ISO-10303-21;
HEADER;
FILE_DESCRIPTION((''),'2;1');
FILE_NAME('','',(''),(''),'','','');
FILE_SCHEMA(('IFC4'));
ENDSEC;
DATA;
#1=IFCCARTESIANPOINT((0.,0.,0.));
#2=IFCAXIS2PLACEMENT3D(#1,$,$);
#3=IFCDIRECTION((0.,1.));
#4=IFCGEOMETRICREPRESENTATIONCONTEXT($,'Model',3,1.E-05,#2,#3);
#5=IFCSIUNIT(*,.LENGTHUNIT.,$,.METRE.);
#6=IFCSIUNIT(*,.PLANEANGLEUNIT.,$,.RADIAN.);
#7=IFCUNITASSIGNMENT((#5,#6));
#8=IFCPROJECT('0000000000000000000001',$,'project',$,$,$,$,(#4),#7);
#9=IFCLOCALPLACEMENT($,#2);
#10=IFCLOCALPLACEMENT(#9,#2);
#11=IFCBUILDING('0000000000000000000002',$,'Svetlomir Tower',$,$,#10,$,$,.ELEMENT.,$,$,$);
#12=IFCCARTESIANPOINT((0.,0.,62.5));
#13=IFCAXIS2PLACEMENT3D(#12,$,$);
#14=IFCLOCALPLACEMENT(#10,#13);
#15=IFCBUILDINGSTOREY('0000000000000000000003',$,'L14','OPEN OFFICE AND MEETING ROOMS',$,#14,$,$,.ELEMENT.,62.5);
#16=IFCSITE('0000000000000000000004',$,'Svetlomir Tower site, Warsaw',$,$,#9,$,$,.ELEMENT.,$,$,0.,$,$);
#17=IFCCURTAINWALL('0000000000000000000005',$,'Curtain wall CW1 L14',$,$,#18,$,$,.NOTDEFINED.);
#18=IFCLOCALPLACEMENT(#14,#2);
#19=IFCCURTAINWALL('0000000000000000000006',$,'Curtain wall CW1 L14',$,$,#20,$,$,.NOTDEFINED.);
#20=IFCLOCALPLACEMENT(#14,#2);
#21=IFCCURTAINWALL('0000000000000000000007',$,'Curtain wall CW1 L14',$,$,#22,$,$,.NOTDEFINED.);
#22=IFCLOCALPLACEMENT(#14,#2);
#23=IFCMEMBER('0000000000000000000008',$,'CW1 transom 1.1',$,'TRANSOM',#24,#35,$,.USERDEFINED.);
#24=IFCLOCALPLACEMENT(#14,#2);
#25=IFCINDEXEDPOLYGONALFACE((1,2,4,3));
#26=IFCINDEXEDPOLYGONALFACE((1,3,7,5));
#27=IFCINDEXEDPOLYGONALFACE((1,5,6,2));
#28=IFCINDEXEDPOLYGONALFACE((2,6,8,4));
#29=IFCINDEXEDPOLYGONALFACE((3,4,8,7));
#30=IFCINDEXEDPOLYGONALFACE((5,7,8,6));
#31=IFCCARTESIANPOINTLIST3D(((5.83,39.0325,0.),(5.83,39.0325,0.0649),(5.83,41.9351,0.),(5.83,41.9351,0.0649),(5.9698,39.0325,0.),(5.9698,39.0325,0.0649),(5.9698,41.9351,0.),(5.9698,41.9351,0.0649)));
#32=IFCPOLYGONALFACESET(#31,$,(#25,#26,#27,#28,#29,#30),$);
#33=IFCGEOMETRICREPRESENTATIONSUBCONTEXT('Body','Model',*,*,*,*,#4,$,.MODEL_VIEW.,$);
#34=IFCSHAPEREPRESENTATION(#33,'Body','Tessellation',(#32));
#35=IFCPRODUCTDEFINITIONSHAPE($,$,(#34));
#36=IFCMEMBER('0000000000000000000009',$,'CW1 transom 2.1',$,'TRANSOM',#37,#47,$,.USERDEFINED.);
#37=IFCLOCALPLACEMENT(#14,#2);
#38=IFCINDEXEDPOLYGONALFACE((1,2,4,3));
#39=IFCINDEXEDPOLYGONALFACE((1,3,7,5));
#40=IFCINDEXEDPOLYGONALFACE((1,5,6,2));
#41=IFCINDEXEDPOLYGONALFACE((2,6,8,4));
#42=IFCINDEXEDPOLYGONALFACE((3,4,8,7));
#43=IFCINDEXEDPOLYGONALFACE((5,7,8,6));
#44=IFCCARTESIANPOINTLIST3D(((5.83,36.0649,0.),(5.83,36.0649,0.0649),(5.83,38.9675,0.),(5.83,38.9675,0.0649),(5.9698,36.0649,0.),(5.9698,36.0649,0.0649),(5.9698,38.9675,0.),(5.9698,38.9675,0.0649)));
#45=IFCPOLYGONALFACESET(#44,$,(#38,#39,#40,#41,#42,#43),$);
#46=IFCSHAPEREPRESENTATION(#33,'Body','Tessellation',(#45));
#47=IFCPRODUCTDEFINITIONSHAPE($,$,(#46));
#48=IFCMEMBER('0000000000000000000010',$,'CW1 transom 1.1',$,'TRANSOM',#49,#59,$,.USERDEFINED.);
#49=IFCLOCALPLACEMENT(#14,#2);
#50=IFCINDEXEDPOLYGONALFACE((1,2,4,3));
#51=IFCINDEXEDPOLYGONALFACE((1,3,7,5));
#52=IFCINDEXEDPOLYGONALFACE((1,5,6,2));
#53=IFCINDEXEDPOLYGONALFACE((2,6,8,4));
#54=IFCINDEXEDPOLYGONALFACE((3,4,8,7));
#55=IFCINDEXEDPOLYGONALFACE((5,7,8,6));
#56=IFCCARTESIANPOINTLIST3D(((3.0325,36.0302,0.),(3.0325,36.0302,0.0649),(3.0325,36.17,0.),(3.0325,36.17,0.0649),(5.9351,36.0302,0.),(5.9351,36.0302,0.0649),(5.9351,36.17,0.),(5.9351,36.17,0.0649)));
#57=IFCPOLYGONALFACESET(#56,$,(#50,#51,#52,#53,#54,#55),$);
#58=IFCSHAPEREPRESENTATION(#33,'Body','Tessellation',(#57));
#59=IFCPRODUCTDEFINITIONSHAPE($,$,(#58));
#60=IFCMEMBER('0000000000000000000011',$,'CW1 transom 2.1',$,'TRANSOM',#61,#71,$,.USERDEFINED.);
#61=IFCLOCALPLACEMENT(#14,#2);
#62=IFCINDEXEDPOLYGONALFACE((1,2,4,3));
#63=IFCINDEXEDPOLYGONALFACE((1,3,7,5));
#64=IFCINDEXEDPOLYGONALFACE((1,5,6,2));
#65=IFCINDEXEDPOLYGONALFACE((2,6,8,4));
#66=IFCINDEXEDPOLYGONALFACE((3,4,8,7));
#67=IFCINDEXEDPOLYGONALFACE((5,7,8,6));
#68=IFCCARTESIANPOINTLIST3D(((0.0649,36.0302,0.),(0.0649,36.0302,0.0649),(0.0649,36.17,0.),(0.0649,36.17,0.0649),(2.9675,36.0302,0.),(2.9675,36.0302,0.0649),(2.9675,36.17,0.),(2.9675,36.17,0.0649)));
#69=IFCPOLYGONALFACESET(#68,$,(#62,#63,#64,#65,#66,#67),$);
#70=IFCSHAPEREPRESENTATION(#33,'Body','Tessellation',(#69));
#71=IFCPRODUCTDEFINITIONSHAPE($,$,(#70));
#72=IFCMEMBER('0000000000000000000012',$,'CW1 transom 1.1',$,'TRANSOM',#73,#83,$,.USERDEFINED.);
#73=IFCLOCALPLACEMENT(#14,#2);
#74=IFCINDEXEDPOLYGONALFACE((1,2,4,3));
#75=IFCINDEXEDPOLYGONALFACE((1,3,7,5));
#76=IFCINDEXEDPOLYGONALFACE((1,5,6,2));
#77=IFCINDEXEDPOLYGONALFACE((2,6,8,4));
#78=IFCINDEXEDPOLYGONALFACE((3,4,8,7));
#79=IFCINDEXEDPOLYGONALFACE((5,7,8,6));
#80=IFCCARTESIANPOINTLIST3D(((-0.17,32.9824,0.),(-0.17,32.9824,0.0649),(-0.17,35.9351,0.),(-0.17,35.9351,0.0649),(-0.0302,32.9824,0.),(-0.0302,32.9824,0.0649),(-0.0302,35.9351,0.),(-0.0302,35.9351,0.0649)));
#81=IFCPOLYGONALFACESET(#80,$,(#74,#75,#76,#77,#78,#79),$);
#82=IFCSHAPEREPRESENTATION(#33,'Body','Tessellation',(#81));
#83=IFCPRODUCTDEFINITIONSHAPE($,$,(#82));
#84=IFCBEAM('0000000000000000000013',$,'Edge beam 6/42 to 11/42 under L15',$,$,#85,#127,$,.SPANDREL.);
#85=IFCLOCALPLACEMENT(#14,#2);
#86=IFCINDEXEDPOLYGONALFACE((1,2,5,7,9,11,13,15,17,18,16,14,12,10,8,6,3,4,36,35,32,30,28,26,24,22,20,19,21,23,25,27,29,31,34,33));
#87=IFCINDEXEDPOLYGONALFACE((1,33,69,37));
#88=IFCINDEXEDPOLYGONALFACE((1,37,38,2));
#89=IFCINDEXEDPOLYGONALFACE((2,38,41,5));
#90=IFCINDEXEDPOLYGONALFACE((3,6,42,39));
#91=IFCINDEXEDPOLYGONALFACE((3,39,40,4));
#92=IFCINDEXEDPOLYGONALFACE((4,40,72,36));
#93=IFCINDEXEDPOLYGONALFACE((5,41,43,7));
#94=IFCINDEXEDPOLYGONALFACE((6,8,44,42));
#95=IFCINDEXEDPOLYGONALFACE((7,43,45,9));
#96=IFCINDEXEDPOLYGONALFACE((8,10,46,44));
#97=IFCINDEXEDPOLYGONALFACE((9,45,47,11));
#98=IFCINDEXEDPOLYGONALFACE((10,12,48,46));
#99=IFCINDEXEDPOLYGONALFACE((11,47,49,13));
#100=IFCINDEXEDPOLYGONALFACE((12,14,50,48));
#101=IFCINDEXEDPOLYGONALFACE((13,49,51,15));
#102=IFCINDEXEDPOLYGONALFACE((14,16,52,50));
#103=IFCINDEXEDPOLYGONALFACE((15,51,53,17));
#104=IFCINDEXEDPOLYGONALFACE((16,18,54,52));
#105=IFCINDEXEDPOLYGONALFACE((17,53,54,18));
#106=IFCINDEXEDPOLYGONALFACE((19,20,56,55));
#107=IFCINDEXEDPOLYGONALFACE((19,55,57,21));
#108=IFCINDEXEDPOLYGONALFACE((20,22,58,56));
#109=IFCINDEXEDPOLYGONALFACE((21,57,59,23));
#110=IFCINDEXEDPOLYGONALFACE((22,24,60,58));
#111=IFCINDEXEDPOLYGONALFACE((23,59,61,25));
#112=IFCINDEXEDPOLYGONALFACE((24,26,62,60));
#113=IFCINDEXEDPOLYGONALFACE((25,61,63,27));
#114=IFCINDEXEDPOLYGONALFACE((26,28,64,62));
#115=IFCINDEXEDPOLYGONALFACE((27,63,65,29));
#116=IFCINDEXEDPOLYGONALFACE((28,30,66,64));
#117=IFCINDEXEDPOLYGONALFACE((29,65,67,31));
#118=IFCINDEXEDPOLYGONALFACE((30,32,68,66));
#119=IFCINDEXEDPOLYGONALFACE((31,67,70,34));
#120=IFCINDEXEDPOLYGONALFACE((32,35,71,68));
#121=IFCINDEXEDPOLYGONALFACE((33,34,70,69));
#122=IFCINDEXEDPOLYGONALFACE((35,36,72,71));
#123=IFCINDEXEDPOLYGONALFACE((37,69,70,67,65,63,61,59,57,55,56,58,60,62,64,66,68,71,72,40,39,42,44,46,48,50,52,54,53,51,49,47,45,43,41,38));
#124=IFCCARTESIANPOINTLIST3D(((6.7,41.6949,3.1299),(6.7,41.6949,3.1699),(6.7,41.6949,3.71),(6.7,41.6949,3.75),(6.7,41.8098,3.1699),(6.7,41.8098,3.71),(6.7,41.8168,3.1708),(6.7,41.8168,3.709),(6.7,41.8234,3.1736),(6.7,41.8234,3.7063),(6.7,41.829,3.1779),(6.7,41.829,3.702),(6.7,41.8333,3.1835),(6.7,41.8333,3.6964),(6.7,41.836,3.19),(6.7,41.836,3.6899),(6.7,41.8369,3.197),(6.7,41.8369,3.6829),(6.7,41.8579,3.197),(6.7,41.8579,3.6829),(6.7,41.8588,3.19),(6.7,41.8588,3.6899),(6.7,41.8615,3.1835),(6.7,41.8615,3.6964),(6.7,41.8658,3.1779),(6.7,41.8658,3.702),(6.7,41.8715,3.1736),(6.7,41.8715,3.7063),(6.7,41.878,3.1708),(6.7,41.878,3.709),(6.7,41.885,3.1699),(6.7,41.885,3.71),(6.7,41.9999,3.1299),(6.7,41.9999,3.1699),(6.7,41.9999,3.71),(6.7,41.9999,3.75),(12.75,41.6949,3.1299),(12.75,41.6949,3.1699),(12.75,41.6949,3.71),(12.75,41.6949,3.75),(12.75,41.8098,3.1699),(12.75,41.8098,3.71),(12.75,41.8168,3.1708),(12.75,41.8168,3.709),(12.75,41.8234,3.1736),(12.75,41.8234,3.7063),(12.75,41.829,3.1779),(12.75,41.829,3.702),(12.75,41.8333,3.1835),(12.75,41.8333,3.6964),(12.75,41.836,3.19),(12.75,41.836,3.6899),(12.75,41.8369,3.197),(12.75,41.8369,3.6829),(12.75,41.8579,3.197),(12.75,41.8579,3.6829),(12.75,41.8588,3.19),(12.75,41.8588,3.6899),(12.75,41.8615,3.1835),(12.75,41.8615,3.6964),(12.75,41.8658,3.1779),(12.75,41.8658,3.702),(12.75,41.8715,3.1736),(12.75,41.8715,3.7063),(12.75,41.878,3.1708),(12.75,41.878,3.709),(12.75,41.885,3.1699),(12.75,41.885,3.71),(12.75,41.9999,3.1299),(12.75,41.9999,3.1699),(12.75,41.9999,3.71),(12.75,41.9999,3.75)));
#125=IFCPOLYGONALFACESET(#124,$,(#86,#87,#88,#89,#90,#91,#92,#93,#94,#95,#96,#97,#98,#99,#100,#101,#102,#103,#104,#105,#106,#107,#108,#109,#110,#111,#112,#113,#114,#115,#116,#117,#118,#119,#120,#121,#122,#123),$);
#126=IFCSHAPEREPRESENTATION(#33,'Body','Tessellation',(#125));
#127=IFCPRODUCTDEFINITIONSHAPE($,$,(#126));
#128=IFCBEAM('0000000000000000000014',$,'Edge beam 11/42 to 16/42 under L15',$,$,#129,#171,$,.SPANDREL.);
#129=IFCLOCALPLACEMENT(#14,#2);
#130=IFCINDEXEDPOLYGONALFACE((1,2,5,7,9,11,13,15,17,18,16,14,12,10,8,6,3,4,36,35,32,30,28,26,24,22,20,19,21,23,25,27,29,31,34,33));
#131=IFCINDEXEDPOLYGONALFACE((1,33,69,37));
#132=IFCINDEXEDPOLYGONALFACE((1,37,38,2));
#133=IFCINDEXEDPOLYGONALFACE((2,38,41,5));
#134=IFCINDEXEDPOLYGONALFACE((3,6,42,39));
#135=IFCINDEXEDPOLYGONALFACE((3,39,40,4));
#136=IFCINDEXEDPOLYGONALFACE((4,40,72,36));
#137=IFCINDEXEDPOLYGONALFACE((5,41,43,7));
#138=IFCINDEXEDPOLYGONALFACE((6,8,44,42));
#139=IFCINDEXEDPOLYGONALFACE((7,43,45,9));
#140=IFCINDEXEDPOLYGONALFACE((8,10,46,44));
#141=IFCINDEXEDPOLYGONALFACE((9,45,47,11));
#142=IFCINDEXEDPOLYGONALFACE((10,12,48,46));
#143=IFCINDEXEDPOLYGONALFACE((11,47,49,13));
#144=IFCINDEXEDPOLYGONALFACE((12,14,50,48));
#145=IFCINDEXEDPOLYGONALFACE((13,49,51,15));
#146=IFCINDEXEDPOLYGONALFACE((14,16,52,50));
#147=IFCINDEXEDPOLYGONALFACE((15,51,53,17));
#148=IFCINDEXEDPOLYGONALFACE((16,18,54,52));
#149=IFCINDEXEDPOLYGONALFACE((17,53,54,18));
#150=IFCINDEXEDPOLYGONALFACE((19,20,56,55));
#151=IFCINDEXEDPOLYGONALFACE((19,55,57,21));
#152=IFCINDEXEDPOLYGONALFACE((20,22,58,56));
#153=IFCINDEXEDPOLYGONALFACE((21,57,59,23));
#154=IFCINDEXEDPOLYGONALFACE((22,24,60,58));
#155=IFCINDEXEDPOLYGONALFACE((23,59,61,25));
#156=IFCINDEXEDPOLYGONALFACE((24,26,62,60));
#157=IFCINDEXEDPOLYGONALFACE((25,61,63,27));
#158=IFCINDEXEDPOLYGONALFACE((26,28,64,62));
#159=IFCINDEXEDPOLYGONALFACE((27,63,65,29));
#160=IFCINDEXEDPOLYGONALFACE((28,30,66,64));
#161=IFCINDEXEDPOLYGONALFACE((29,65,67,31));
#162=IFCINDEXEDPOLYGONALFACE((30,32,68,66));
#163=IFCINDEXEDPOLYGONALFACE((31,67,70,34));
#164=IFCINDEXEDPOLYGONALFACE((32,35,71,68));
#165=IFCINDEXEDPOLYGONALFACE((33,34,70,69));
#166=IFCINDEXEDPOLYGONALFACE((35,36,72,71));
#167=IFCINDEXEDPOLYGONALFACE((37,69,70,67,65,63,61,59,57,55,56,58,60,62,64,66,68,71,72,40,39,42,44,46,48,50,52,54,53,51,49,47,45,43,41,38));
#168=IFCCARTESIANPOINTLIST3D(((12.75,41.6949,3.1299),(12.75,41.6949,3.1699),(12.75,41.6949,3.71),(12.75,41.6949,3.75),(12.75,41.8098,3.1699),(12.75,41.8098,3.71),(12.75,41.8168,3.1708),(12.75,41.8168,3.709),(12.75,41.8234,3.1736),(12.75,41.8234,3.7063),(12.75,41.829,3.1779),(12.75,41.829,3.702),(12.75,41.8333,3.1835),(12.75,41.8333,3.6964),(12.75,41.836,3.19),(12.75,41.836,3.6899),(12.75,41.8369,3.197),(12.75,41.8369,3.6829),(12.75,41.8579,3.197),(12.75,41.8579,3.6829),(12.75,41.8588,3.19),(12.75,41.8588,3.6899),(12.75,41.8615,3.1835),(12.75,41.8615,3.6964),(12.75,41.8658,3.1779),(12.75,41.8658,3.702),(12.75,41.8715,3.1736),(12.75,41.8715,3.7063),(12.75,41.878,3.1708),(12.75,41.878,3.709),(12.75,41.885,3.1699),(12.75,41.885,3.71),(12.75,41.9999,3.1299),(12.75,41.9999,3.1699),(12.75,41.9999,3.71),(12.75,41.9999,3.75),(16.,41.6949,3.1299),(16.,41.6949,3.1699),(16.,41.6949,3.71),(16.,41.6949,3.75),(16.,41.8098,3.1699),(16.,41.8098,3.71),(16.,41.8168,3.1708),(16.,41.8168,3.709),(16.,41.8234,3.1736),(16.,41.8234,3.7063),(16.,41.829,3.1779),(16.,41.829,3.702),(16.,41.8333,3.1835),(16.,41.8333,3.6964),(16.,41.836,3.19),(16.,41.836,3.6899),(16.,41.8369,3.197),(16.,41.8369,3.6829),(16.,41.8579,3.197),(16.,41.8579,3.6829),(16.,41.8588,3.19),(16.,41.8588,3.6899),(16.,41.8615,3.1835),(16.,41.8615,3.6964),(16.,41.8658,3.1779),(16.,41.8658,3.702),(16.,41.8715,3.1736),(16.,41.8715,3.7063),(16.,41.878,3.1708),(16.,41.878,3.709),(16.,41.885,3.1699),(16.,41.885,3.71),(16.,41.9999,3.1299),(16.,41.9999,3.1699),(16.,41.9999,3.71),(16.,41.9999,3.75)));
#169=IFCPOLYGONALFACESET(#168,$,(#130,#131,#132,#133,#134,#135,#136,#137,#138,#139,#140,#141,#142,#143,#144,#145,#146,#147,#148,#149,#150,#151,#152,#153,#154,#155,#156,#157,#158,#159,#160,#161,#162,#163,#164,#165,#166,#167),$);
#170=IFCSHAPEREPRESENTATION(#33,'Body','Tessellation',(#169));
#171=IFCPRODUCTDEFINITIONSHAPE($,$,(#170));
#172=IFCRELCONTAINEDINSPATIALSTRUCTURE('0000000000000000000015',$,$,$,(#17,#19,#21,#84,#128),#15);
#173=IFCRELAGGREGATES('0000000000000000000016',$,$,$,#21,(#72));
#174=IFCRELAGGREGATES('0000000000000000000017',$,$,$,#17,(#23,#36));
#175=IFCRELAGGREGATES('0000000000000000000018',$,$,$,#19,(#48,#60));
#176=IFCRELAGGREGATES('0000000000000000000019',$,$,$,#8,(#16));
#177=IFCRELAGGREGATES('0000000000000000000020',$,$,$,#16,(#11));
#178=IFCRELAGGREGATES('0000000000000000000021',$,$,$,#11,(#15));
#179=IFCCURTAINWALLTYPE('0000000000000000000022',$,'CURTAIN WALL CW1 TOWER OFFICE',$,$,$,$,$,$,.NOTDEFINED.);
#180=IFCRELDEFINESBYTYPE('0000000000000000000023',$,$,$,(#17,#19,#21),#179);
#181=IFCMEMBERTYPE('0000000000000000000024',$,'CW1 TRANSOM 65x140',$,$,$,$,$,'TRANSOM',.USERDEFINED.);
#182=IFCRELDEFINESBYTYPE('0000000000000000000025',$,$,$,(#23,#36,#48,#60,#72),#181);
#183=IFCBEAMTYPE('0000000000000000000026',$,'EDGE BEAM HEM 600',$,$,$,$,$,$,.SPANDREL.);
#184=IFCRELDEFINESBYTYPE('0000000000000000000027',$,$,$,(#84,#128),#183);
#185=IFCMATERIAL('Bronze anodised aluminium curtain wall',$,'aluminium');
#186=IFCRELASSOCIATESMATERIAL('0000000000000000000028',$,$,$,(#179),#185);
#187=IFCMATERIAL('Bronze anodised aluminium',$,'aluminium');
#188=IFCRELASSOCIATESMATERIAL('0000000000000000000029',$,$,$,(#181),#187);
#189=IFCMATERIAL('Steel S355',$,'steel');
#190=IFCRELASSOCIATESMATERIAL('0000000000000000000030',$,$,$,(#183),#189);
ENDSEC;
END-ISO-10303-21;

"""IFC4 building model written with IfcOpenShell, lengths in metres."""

from ifc_helpers import new_model, si_unit, direction, frame, origin, origin_2d, place, context, subcontext, project, spatial, rectangle, i_section, extrude, material, material_profile, profile_set, type_object, element, aggregate, save


model = new_model("IFC4")

# Units and contexts
model_context = context("Model", 3, precision=1e-05, world=origin(), true_north=direction((0.0, 1.0)))
body_context = subcontext(model_context, "Body", "Model", "MODEL_VIEW")
ifc_project = project(units=[si_unit("LENGTHUNIT", "METRE"), si_unit("PLANEANGLEUNIT", "RADIAN")], contexts=[model_context])

# Site, building, storey
site_placement = place(None, origin())
site = spatial("IfcSite", under=ifc_project, at=site_placement, Name="Svetlomir Tower site, Warsaw", CompositionType="ELEMENT", RefElevation=0.0)
building_placement = place(site_placement, origin())
building = spatial("IfcBuilding", under=site, at=building_placement, Name="Svetlomir Tower", CompositionType="ELEMENT")
storey_placement = place(building_placement, frame((0.0, 0.0, 62.5)))
storey = spatial("IfcBuildingStorey", under=building, at=storey_placement, Name="L14", Description="OPEN OFFICE AND MEETING ROOMS", CompositionType="ELEMENT", Elevation=62.5)

# Curtain walls
ifc_material_1 = material(Name="Bronze anodised aluminium curtain wall", Category="aluminium")
curtain_wall_type = type_object("IfcCurtainWallType", Name="CURTAIN WALL CW1 TOWER OFFICE", PredefinedType="NOTDEFINED", material=ifc_material_1)
curtain_wall_1_placement = place(storey_placement, origin())
curtain_wall_1 = element("IfcCurtainWall", 1, at=curtain_wall_1_placement, inside=storey, type_object=curtain_wall_type, Name="Curtain wall CW1 L14", PredefinedType="NOTDEFINED")
curtain_wall_2_placement = place(storey_placement, origin())
curtain_wall_2 = element("IfcCurtainWall", 2, at=curtain_wall_2_placement, inside=storey, type_object=curtain_wall_type, Name="Curtain wall CW1 L14", PredefinedType="NOTDEFINED")

# Curtain wall
curtain_wall_3_placement = place(storey_placement, origin())
curtain_wall_3 = element("IfcCurtainWall", 3, at=curtain_wall_3_placement, inside=storey, type_object=curtain_wall_type, Name="Curtain wall CW1 L14", PredefinedType="NOTDEFINED")

# Members
ifc_material_2 = material(Name="Bronze anodised aluminium", Category="aluminium")
ifc_material_profile_1 = material_profile(ifc_material_2, rectangle(XDim=0.1399, YDim=0.0649, at=origin_2d()), Name="AL 140x65")
ifc_profile_set_1 = profile_set([ifc_material_profile_1], Name="Bronze anodised aluminium 6063-T6")
member_type_1 = type_object("IfcMemberType", Name="CW1 TRANSOM 65x140", ElementType="TRANSOM", PredefinedType="USERDEFINED", material=ifc_profile_set_1)
member_1_placement = place(storey_placement, frame((5.8999, 41.9351, 0.0325), z_axis=(0.0, -1.0, 0.0), x_axis=(1.0, 0.0, 0.0)))
member_1 = element("IfcMember", 4, at=member_1_placement, type_object=member_type_1, Name="CW1 transom 1.1", ObjectType="TRANSOM", PredefinedType="USERDEFINED", context=body_context, shape_type="SweptSolid", body=[
    extrude(rectangle(XDim=0.1399, YDim=0.0649, at=origin_2d()), origin(), (0.0, 0.0, 1.0), 2.9026),
])
member_2_placement = place(storey_placement, frame((5.8999, 38.9675, 0.0325), z_axis=(0.0, -1.0, 0.0), x_axis=(1.0, 0.0, 0.0)))
member_2 = element("IfcMember", 5, at=member_2_placement, type_object=member_type_1, Name="CW1 transom 2.1", ObjectType="TRANSOM", PredefinedType="USERDEFINED", context=body_context, shape_type="SweptSolid", body=[
    extrude(rectangle(XDim=0.1399, YDim=0.0649, at=origin_2d()), origin(), (0.0, 0.0, 1.0), 2.9026),
])
member_3_placement = place(storey_placement, frame((5.9351, 36.1001, 0.0325), z_axis=(-1.0, 0.0, 0.0), x_axis=(0.0, -1.0, 0.0)))
member_3 = element("IfcMember", 6, at=member_3_placement, type_object=member_type_1, Name="CW1 transom 1.1", ObjectType="TRANSOM", PredefinedType="USERDEFINED", context=body_context, shape_type="SweptSolid", body=[
    extrude(rectangle(XDim=0.1399, YDim=0.0649, at=origin_2d()), origin(), (0.0, 0.0, 1.0), 2.9026),
])
member_4_placement = place(storey_placement, frame((2.9675, 36.1001, 0.0325), z_axis=(-1.0, 0.0, 0.0), x_axis=(0.0, -1.0, 0.0)))
member_4 = element("IfcMember", 7, at=member_4_placement, type_object=member_type_1, Name="CW1 transom 2.1", ObjectType="TRANSOM", PredefinedType="USERDEFINED", context=body_context, shape_type="SweptSolid", body=[
    extrude(rectangle(XDim=0.1399, YDim=0.0649, at=origin_2d()), origin(), (0.0, 0.0, 1.0), 2.9026),
])
member_5_placement = place(storey_placement, frame((-0.1001, 35.9351, 0.0325), z_axis=(0.0, -1.0, 0.0), x_axis=(1.0, 0.0, 0.0)))
member_5 = element("IfcMember", 8, at=member_5_placement, type_object=member_type_1, Name="CW1 transom 1.1", ObjectType="TRANSOM", PredefinedType="USERDEFINED", context=body_context, shape_type="SweptSolid", body=[
    extrude(rectangle(XDim=0.1399, YDim=0.0649, at=origin_2d()), origin(), (0.0, 0.0, 1.0), 2.9526),
])
aggregate(curtain_wall_3, [member_5])

# Beams
ifc_material_3 = material(Name="Steel S355", Category="steel")
ifc_material_profile_2 = material_profile(ifc_material_3, i_section(OverallWidth=0.3049, OverallDepth=0.6201, WebThickness=0.021, FlangeThickness=0.04, FilletRadius=0.0271, at=origin_2d()), Name="HEM 600")
ifc_profile_set_2 = profile_set([ifc_material_profile_2], Name="Steel S355")
beam_type = type_object("IfcBeamType", Name="EDGE BEAM HEM 600", PredefinedType="SPANDREL", material=ifc_profile_set_2)
beam_1_placement = place(storey_placement, frame((6.7, 41.8474, 3.4399), z_axis=(1.0, 0.0, 0.0), x_axis=(0.0, 1.0, 0.0)))
element("IfcBeam", 9, at=beam_1_placement, inside=storey, type_object=beam_type, Name="Edge beam 6/42 to 11/42 under L15", PredefinedType="SPANDREL", context=body_context, shape_type="SweptSolid", body=[
    extrude(i_section(OverallWidth=0.3049, OverallDepth=0.6201, WebThickness=0.021, FlangeThickness=0.04, FilletRadius=0.0271, at=origin_2d()), origin(), (0.0, 0.0, 1.0), 6.05),
])
beam_2_placement = place(storey_placement, frame((12.75, 41.8474, 3.4399), z_axis=(1.0, 0.0, 0.0), x_axis=(0.0, 1.0, 0.0)))
element("IfcBeam", 10, at=beam_2_placement, inside=storey, type_object=beam_type, Name="Edge beam 11/42 to 16/42 under L15", PredefinedType="SPANDREL", context=body_context, shape_type="SweptSolid", body=[
    extrude(i_section(OverallWidth=0.3049, OverallDepth=0.6201, WebThickness=0.021, FlangeThickness=0.04, FilletRadius=0.0271, at=origin_2d()), origin(), (0.0, 0.0, 1.0), 3.25),
])

aggregate(curtain_wall_1, [member_1, member_2])
aggregate(curtain_wall_2, [member_3, member_4])

save(model, "model.ifc")
